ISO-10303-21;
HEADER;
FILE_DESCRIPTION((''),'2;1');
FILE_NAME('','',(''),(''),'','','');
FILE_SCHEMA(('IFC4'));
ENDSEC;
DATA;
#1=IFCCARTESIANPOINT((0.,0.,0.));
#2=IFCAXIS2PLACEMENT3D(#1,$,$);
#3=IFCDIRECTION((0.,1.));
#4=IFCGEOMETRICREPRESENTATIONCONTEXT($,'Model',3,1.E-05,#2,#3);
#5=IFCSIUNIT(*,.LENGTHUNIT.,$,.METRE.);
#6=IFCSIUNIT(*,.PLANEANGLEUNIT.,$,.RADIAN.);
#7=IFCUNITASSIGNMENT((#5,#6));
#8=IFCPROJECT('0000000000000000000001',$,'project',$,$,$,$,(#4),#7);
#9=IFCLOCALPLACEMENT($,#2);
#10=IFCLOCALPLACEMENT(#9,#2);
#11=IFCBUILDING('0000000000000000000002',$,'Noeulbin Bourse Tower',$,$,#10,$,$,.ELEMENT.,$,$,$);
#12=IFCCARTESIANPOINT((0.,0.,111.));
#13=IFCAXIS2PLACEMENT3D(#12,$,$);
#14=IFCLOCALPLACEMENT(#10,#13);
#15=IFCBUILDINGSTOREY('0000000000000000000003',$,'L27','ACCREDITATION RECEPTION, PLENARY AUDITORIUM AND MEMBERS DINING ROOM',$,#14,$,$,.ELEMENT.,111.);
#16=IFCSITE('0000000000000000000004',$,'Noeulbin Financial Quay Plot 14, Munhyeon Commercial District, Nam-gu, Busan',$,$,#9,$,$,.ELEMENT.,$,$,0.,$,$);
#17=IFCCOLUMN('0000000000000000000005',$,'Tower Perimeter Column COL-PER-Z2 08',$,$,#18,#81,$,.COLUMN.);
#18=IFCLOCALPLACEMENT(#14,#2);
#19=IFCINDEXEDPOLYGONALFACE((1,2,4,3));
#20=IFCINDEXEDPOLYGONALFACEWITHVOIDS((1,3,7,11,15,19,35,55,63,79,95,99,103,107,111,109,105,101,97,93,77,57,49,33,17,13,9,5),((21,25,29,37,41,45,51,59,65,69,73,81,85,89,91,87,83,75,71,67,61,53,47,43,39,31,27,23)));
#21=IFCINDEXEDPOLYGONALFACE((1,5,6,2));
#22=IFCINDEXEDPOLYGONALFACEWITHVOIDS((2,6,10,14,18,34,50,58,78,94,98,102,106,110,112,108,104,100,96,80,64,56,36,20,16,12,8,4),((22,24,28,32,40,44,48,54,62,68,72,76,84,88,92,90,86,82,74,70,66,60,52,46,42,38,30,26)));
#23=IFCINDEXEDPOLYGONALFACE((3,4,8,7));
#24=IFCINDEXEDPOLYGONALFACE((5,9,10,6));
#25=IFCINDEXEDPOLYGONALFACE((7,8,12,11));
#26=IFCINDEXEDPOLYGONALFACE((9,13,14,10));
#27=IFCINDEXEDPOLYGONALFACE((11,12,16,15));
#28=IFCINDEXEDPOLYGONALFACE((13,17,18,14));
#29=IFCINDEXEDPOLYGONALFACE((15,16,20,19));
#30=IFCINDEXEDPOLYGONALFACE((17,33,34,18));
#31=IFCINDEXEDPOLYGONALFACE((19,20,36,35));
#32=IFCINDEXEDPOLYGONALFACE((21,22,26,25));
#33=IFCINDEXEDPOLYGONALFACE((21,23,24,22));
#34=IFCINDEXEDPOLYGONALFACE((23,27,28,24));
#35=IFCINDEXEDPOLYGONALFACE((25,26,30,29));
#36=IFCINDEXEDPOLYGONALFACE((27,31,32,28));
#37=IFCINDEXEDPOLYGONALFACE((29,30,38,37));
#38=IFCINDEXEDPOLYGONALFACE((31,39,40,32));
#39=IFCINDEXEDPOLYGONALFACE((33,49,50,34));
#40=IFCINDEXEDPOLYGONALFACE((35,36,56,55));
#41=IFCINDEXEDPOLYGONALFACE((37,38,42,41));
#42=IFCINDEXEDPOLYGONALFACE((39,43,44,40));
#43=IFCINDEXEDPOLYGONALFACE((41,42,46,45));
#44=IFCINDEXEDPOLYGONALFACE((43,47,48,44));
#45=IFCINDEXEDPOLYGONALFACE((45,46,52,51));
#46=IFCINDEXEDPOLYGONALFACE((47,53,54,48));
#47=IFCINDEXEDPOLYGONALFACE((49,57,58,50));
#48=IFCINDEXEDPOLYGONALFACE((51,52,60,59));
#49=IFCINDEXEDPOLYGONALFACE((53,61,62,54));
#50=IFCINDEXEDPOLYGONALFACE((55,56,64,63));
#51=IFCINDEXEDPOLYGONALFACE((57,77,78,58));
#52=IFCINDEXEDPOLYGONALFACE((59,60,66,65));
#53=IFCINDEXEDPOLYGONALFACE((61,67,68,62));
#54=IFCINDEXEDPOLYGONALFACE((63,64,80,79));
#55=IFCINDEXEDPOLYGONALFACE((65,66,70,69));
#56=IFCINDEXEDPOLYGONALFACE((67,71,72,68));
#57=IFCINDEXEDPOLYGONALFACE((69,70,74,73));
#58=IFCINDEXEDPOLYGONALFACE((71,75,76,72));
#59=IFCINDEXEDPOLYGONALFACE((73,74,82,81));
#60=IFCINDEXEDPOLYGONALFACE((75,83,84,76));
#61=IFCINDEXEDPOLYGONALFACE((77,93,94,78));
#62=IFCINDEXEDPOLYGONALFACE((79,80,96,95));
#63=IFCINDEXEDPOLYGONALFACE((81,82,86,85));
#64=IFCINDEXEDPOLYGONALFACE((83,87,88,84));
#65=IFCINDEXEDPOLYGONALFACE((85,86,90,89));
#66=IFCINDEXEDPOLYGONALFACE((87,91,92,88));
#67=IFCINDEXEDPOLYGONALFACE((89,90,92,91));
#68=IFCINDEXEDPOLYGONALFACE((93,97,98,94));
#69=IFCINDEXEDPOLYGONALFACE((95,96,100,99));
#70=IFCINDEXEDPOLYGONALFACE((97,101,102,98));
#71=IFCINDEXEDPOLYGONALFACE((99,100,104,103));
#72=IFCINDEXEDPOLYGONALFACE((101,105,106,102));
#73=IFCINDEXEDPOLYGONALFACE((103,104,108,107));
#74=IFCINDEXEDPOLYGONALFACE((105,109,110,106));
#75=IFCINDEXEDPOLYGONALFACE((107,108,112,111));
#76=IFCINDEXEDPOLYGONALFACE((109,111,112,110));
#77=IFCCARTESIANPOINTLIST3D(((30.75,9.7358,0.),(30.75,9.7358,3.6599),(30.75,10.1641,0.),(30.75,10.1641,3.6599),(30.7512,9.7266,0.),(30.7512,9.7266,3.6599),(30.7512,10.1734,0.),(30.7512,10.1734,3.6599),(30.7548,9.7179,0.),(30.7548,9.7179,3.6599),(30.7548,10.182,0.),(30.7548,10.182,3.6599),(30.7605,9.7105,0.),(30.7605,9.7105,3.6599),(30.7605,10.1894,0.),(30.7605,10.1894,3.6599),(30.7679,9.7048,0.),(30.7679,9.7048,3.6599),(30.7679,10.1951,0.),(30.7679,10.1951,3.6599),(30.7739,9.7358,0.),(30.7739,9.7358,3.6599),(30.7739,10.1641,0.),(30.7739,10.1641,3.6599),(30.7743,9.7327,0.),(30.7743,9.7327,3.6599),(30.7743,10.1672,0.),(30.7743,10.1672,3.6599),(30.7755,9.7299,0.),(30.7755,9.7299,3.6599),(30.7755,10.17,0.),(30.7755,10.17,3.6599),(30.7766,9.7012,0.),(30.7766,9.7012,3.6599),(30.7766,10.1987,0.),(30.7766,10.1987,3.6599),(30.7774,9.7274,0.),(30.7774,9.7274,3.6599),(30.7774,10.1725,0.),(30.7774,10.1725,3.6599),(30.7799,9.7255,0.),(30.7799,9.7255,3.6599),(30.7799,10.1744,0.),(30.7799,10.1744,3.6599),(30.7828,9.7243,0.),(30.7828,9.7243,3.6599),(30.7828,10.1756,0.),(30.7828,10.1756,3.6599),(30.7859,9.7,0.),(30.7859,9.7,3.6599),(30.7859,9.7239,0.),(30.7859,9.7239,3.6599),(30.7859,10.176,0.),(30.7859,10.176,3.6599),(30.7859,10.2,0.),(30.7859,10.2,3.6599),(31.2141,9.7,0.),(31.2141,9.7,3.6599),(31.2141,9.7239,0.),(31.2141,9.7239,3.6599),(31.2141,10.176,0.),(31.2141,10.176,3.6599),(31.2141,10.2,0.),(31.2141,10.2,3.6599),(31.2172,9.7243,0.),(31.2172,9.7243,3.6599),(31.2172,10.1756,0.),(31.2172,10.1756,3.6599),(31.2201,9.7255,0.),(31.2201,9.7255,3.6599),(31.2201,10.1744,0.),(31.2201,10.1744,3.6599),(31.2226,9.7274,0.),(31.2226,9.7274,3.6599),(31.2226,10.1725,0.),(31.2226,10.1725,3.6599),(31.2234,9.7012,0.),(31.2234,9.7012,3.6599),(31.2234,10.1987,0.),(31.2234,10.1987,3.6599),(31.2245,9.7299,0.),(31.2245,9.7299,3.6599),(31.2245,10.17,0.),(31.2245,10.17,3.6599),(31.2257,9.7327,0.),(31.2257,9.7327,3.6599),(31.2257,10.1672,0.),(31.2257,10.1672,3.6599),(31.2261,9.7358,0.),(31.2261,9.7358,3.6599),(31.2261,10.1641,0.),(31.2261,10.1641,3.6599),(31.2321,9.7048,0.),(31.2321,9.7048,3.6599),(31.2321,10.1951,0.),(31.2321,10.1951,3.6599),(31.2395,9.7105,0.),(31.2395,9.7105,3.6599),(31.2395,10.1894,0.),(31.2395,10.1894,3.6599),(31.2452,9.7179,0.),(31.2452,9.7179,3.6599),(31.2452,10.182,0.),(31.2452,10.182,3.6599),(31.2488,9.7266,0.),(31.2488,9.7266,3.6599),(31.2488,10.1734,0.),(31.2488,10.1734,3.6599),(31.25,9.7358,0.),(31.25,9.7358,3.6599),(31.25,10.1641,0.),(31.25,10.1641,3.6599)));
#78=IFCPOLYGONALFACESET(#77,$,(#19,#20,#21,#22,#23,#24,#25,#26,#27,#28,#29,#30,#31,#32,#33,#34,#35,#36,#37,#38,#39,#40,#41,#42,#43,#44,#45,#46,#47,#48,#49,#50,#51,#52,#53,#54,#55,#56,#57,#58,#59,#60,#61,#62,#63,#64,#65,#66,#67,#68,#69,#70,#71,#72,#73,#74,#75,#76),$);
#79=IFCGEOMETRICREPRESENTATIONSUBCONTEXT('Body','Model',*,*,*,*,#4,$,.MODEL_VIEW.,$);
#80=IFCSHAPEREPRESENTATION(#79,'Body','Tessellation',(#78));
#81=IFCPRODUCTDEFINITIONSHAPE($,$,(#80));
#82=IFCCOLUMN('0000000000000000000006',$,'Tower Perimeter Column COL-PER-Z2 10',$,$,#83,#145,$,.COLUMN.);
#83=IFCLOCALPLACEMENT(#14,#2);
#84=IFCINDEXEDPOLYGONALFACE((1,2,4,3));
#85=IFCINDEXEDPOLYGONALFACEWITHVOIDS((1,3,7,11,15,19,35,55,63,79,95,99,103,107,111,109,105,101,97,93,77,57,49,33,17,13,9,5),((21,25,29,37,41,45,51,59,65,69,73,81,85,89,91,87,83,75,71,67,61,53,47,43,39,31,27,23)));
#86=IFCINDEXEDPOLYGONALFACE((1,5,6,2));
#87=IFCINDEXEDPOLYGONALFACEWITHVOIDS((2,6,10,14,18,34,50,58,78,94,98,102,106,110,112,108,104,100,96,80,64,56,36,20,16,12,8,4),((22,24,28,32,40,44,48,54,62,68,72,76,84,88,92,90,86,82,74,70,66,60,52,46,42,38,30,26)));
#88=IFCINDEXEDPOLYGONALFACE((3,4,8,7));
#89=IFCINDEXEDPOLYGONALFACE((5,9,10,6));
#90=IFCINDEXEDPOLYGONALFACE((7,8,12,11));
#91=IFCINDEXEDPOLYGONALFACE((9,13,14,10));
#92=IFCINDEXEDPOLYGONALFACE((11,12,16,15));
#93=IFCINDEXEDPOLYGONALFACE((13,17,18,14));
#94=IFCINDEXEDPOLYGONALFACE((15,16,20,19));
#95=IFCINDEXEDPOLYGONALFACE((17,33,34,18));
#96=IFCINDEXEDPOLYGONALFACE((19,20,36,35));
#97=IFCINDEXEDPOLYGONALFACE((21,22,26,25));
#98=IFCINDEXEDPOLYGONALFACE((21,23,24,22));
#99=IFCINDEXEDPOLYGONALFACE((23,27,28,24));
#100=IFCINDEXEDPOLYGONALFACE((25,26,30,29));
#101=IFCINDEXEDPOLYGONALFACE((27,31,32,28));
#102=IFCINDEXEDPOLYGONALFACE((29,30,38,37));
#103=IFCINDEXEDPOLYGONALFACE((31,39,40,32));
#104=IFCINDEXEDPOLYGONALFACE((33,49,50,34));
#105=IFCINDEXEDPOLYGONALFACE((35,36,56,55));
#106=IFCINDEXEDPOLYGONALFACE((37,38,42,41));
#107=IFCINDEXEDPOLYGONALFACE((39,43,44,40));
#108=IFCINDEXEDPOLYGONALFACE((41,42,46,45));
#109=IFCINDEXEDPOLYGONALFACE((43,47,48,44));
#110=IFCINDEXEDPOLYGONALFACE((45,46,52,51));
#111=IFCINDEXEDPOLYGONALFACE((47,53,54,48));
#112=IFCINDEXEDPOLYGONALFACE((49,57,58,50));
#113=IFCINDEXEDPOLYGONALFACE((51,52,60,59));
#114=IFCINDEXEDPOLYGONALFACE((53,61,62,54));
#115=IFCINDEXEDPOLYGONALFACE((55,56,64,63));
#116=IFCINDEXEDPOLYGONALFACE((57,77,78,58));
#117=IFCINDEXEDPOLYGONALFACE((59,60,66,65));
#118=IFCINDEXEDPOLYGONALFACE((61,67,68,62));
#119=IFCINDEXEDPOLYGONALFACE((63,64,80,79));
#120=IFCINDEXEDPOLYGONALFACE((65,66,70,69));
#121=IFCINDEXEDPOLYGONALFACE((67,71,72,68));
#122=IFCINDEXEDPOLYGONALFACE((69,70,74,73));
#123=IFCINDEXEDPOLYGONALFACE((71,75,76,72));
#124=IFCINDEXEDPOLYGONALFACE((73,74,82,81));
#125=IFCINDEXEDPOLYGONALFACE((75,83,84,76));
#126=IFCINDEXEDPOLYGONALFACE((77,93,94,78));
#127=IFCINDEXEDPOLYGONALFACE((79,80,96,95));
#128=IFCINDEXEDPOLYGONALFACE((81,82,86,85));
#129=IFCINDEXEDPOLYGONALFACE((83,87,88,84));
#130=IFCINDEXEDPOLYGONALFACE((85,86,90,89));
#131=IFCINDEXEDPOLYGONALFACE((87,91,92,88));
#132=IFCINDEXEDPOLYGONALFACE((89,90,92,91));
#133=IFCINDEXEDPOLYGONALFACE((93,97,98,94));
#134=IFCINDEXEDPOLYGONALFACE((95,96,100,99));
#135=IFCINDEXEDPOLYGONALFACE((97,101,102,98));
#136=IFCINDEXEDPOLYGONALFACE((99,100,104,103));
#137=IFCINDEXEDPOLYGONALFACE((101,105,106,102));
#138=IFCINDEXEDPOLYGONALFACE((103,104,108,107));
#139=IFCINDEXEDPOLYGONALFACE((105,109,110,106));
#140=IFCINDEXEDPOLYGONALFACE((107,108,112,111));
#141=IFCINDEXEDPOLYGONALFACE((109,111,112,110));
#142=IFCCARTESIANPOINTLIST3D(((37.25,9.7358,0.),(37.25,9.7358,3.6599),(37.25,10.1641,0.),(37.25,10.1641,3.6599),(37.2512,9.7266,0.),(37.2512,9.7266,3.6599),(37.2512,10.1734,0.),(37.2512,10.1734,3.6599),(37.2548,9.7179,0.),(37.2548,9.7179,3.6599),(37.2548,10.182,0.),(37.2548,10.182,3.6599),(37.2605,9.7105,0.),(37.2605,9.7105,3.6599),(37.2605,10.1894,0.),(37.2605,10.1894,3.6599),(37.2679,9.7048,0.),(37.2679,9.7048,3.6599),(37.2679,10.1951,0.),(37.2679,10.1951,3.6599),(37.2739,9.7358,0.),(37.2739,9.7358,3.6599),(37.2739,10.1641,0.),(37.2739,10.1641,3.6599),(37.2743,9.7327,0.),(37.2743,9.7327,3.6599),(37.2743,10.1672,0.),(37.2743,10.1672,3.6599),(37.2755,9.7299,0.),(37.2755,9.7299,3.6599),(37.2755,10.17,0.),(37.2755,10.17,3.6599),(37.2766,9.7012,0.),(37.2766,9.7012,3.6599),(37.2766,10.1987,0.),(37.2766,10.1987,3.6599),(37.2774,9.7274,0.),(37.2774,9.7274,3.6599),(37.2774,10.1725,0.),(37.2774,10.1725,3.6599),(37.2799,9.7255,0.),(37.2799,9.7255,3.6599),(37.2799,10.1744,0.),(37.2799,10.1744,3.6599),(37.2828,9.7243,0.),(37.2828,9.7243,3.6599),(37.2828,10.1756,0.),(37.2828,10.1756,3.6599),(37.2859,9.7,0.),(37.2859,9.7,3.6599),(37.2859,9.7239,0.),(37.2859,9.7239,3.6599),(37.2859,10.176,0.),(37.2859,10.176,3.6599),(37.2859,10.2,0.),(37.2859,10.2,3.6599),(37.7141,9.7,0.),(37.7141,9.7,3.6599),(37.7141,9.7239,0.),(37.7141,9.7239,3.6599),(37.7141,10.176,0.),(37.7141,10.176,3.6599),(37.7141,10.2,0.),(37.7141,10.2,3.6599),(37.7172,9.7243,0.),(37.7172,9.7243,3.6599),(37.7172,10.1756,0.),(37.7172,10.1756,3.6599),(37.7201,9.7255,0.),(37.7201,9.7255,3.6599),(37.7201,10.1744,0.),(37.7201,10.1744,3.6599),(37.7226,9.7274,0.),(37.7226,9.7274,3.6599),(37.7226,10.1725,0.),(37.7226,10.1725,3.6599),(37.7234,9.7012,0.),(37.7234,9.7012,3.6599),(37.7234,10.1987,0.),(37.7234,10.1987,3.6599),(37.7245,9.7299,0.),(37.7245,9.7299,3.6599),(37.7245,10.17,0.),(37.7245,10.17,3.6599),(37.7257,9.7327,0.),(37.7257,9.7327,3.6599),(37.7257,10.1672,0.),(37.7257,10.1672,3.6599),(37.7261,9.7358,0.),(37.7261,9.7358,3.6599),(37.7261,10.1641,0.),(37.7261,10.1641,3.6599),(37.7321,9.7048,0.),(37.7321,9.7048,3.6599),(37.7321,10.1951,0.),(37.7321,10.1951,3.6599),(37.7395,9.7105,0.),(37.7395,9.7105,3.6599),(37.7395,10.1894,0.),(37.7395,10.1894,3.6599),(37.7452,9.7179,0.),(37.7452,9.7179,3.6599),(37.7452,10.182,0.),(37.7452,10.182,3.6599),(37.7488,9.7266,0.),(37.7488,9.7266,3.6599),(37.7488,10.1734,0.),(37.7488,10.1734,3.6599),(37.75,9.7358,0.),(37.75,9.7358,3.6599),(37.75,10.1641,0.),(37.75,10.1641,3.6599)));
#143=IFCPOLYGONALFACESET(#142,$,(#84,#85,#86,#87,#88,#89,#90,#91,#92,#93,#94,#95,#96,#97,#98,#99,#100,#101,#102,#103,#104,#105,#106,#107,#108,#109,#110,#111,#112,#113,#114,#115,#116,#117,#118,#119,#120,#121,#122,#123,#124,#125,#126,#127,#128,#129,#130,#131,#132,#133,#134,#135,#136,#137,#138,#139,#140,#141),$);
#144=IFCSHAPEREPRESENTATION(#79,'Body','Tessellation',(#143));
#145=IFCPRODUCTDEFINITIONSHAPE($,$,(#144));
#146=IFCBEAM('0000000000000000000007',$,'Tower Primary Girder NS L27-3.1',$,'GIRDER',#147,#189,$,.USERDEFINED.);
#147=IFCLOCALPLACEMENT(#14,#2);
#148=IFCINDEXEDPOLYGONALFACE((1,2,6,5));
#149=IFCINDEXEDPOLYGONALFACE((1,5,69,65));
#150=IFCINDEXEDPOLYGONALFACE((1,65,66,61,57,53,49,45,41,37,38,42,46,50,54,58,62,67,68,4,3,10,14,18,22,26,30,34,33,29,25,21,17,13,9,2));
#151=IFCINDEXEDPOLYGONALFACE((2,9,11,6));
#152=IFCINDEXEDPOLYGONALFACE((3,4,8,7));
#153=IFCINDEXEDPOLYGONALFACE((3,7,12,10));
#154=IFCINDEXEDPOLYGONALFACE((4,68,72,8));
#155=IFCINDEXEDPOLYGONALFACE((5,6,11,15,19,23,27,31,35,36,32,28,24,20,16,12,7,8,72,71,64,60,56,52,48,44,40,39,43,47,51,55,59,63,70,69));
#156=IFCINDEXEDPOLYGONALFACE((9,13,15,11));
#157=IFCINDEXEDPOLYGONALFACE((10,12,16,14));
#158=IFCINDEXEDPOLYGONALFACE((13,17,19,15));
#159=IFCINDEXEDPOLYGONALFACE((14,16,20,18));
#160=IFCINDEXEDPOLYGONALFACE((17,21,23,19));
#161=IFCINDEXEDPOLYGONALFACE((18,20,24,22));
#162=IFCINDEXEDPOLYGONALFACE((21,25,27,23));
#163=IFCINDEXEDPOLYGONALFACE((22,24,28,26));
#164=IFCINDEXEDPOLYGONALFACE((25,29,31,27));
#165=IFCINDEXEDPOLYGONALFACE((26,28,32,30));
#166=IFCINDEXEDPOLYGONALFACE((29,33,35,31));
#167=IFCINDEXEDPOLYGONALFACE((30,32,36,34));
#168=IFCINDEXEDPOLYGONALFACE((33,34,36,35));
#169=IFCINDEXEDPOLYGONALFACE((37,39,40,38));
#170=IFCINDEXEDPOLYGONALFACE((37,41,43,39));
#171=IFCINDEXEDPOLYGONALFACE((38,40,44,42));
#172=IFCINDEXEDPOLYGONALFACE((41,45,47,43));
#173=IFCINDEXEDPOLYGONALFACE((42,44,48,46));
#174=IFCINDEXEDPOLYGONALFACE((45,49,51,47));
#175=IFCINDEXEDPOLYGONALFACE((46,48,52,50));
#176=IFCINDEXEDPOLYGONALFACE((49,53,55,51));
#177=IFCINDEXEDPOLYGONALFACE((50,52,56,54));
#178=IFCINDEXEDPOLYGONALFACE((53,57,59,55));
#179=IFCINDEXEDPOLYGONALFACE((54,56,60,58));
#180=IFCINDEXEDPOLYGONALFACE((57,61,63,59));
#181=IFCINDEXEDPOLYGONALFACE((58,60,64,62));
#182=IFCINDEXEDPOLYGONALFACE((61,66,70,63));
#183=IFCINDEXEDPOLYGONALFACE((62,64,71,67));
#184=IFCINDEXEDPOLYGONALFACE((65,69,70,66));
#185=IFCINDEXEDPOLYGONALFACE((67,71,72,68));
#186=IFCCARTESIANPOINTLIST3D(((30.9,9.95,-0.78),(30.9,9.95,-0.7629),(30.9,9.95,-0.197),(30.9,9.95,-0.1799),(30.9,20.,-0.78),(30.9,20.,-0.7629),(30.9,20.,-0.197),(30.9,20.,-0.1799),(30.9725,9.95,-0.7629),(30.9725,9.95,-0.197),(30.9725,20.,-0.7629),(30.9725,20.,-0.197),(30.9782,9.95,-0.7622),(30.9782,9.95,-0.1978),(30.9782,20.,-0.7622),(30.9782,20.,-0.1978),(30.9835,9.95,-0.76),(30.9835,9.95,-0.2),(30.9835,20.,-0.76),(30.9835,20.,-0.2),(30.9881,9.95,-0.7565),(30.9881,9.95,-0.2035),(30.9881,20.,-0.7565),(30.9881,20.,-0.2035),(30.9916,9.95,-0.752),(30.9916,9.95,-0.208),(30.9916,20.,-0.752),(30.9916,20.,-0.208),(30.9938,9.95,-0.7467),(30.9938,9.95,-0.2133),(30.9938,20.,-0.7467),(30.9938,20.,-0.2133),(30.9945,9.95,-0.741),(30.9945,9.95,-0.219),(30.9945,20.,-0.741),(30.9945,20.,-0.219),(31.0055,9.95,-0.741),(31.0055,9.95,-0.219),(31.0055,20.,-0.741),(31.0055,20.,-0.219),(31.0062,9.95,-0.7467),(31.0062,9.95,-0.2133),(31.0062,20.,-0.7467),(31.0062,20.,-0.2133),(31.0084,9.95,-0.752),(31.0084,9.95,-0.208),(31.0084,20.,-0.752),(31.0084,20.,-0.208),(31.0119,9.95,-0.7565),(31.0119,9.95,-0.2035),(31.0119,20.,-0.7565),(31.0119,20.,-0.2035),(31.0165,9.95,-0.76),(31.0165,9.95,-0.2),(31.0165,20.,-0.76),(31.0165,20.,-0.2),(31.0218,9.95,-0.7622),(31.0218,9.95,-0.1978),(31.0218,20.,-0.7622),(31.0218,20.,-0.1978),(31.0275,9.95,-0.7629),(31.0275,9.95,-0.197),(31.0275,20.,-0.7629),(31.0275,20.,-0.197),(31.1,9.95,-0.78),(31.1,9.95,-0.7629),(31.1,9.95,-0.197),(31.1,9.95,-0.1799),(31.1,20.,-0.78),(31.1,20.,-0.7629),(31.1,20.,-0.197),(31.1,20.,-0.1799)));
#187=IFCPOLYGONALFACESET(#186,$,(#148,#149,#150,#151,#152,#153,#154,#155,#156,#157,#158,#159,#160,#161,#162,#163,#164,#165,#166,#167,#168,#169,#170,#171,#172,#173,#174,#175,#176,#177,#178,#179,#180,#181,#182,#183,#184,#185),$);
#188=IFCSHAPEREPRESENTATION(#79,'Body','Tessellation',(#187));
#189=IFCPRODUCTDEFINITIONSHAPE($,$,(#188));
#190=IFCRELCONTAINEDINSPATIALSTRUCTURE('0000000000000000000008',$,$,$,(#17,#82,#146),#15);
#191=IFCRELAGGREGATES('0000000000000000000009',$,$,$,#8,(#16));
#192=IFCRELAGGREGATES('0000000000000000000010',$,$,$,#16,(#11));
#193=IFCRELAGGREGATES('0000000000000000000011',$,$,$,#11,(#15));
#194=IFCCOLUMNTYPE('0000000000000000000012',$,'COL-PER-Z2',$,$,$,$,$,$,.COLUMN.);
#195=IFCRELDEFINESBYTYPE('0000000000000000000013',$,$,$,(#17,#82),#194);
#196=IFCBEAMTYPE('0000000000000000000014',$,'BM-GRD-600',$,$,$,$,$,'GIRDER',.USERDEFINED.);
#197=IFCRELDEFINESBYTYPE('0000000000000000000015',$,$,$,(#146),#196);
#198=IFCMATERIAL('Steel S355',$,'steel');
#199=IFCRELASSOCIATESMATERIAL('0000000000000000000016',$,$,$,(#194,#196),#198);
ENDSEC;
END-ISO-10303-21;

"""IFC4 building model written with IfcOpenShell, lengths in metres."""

from ifc_helpers import new_model, si_unit, direction, frame, origin, origin_2d, place, context, subcontext, project, spatial, hollow_rectangle, i_section, extrude, material, material_profile, profile_set, type_object, element, save


model = new_model("IFC4")

# Units and contexts
model_context = context("Model", 3, precision=1e-05, world=origin(), true_north=direction((0.0, 1.0)))
body_context = subcontext(model_context, "Body", "Model", "MODEL_VIEW")
ifc_project = project(units=[si_unit("LENGTHUNIT", "METRE"), si_unit("PLANEANGLEUNIT", "RADIAN")], contexts=[model_context])

# Site, building, storey
site_placement = place(None, origin())
site = spatial("IfcSite", under=ifc_project, at=site_placement, Name="Noeulbin Financial Quay Plot 14, Munhyeon Commercial District, Nam-gu, Busan", CompositionType="ELEMENT", RefElevation=0.0)
building_placement = place(site_placement, origin())
building = spatial("IfcBuilding", under=site, at=building_placement, Name="Noeulbin Bourse Tower", CompositionType="ELEMENT")
storey_placement = place(building_placement, frame((0.0, 0.0, 111.0)))
storey = spatial("IfcBuildingStorey", under=building, at=storey_placement, Name="L27", Description="ACCREDITATION RECEPTION, PLENARY AUDITORIUM AND MEMBERS DINING ROOM", CompositionType="ELEMENT", Elevation=111.0)

# Columns
ifc_material_1 = material(Name="Steel S355", Category="steel")
ifc_material_profile_1 = material_profile(ifc_material_1, hollow_rectangle(XDim=0.5, YDim=0.5, WallThickness=0.0239, InnerFilletRadius=0.012, OuterFilletRadius=0.0359, at=origin_2d()), Name="BOX-500x500x24", Category="LoadBearing")
ifc_profile_set_1 = profile_set([ifc_material_profile_1], Name="Steel S355")
column_type = type_object("IfcColumnType", Name="COL-PER-Z2", PredefinedType="COLUMN", material=ifc_profile_set_1)
for number, where, z_axis, x_axis, name in (
    (1, (31.0, 9.95, 0.0), (0.0, 0.0, 1.0), (1.0, 0.0, 0.0), "Tower Perimeter Column COL-PER-Z2 08"),
    (2, (37.5, 9.95, 0.0), (0.0, 0.0, 1.0), (1.0, 0.0, 0.0), "Tower Perimeter Column COL-PER-Z2 10"),
):
    element("IfcColumn", number, at=place(storey_placement, frame(where, z_axis=z_axis, x_axis=x_axis)), inside=storey, type_object=column_type, Name=name, PredefinedType="COLUMN", context=body_context, shape_type="SweptSolid", body=[
        extrude(hollow_rectangle(XDim=0.5, YDim=0.5, WallThickness=0.0239, InnerFilletRadius=0.012, OuterFilletRadius=0.0359, at=origin_2d()), origin(), (0.0, 0.0, 1.0), 3.6599),
    ])

# Beam
ifc_material_profile_2 = material_profile(ifc_material_1, i_section(OverallWidth=0.2, OverallDepth=0.6001, WebThickness=0.011, FlangeThickness=0.0171, FilletRadius=0.022, at=origin_2d()), Name="H-600x200x11x17", Category="LoadBearing")
ifc_profile_set_2 = profile_set([ifc_material_profile_2], Name="Steel S355")
beam_type_1 = type_object("IfcBeamType", Name="BM-GRD-600", ElementType="GIRDER", PredefinedType="USERDEFINED", material=ifc_profile_set_2)
for number, where, z_axis, x_axis, name in (
    (3, (31.0, 9.95, -0.48), (0.0, 1.0, 0.0), (-1.0, 0.0, 0.0), "Tower Primary Girder NS L27-3.1"),
):
    element("IfcBeam", number, at=place(storey_placement, frame(where, z_axis=z_axis, x_axis=x_axis)), inside=storey, type_object=beam_type_1, Name=name, ObjectType="GIRDER", PredefinedType="USERDEFINED", context=body_context, shape_type="SweptSolid", body=[
        extrude(i_section(OverallWidth=0.2, OverallDepth=0.6001, WebThickness=0.011, FlangeThickness=0.0171, FilletRadius=0.022, at=origin_2d()), origin(), (0.0, 0.0, 1.0), 10.05),
    ])

save(model, "model.ifc")
